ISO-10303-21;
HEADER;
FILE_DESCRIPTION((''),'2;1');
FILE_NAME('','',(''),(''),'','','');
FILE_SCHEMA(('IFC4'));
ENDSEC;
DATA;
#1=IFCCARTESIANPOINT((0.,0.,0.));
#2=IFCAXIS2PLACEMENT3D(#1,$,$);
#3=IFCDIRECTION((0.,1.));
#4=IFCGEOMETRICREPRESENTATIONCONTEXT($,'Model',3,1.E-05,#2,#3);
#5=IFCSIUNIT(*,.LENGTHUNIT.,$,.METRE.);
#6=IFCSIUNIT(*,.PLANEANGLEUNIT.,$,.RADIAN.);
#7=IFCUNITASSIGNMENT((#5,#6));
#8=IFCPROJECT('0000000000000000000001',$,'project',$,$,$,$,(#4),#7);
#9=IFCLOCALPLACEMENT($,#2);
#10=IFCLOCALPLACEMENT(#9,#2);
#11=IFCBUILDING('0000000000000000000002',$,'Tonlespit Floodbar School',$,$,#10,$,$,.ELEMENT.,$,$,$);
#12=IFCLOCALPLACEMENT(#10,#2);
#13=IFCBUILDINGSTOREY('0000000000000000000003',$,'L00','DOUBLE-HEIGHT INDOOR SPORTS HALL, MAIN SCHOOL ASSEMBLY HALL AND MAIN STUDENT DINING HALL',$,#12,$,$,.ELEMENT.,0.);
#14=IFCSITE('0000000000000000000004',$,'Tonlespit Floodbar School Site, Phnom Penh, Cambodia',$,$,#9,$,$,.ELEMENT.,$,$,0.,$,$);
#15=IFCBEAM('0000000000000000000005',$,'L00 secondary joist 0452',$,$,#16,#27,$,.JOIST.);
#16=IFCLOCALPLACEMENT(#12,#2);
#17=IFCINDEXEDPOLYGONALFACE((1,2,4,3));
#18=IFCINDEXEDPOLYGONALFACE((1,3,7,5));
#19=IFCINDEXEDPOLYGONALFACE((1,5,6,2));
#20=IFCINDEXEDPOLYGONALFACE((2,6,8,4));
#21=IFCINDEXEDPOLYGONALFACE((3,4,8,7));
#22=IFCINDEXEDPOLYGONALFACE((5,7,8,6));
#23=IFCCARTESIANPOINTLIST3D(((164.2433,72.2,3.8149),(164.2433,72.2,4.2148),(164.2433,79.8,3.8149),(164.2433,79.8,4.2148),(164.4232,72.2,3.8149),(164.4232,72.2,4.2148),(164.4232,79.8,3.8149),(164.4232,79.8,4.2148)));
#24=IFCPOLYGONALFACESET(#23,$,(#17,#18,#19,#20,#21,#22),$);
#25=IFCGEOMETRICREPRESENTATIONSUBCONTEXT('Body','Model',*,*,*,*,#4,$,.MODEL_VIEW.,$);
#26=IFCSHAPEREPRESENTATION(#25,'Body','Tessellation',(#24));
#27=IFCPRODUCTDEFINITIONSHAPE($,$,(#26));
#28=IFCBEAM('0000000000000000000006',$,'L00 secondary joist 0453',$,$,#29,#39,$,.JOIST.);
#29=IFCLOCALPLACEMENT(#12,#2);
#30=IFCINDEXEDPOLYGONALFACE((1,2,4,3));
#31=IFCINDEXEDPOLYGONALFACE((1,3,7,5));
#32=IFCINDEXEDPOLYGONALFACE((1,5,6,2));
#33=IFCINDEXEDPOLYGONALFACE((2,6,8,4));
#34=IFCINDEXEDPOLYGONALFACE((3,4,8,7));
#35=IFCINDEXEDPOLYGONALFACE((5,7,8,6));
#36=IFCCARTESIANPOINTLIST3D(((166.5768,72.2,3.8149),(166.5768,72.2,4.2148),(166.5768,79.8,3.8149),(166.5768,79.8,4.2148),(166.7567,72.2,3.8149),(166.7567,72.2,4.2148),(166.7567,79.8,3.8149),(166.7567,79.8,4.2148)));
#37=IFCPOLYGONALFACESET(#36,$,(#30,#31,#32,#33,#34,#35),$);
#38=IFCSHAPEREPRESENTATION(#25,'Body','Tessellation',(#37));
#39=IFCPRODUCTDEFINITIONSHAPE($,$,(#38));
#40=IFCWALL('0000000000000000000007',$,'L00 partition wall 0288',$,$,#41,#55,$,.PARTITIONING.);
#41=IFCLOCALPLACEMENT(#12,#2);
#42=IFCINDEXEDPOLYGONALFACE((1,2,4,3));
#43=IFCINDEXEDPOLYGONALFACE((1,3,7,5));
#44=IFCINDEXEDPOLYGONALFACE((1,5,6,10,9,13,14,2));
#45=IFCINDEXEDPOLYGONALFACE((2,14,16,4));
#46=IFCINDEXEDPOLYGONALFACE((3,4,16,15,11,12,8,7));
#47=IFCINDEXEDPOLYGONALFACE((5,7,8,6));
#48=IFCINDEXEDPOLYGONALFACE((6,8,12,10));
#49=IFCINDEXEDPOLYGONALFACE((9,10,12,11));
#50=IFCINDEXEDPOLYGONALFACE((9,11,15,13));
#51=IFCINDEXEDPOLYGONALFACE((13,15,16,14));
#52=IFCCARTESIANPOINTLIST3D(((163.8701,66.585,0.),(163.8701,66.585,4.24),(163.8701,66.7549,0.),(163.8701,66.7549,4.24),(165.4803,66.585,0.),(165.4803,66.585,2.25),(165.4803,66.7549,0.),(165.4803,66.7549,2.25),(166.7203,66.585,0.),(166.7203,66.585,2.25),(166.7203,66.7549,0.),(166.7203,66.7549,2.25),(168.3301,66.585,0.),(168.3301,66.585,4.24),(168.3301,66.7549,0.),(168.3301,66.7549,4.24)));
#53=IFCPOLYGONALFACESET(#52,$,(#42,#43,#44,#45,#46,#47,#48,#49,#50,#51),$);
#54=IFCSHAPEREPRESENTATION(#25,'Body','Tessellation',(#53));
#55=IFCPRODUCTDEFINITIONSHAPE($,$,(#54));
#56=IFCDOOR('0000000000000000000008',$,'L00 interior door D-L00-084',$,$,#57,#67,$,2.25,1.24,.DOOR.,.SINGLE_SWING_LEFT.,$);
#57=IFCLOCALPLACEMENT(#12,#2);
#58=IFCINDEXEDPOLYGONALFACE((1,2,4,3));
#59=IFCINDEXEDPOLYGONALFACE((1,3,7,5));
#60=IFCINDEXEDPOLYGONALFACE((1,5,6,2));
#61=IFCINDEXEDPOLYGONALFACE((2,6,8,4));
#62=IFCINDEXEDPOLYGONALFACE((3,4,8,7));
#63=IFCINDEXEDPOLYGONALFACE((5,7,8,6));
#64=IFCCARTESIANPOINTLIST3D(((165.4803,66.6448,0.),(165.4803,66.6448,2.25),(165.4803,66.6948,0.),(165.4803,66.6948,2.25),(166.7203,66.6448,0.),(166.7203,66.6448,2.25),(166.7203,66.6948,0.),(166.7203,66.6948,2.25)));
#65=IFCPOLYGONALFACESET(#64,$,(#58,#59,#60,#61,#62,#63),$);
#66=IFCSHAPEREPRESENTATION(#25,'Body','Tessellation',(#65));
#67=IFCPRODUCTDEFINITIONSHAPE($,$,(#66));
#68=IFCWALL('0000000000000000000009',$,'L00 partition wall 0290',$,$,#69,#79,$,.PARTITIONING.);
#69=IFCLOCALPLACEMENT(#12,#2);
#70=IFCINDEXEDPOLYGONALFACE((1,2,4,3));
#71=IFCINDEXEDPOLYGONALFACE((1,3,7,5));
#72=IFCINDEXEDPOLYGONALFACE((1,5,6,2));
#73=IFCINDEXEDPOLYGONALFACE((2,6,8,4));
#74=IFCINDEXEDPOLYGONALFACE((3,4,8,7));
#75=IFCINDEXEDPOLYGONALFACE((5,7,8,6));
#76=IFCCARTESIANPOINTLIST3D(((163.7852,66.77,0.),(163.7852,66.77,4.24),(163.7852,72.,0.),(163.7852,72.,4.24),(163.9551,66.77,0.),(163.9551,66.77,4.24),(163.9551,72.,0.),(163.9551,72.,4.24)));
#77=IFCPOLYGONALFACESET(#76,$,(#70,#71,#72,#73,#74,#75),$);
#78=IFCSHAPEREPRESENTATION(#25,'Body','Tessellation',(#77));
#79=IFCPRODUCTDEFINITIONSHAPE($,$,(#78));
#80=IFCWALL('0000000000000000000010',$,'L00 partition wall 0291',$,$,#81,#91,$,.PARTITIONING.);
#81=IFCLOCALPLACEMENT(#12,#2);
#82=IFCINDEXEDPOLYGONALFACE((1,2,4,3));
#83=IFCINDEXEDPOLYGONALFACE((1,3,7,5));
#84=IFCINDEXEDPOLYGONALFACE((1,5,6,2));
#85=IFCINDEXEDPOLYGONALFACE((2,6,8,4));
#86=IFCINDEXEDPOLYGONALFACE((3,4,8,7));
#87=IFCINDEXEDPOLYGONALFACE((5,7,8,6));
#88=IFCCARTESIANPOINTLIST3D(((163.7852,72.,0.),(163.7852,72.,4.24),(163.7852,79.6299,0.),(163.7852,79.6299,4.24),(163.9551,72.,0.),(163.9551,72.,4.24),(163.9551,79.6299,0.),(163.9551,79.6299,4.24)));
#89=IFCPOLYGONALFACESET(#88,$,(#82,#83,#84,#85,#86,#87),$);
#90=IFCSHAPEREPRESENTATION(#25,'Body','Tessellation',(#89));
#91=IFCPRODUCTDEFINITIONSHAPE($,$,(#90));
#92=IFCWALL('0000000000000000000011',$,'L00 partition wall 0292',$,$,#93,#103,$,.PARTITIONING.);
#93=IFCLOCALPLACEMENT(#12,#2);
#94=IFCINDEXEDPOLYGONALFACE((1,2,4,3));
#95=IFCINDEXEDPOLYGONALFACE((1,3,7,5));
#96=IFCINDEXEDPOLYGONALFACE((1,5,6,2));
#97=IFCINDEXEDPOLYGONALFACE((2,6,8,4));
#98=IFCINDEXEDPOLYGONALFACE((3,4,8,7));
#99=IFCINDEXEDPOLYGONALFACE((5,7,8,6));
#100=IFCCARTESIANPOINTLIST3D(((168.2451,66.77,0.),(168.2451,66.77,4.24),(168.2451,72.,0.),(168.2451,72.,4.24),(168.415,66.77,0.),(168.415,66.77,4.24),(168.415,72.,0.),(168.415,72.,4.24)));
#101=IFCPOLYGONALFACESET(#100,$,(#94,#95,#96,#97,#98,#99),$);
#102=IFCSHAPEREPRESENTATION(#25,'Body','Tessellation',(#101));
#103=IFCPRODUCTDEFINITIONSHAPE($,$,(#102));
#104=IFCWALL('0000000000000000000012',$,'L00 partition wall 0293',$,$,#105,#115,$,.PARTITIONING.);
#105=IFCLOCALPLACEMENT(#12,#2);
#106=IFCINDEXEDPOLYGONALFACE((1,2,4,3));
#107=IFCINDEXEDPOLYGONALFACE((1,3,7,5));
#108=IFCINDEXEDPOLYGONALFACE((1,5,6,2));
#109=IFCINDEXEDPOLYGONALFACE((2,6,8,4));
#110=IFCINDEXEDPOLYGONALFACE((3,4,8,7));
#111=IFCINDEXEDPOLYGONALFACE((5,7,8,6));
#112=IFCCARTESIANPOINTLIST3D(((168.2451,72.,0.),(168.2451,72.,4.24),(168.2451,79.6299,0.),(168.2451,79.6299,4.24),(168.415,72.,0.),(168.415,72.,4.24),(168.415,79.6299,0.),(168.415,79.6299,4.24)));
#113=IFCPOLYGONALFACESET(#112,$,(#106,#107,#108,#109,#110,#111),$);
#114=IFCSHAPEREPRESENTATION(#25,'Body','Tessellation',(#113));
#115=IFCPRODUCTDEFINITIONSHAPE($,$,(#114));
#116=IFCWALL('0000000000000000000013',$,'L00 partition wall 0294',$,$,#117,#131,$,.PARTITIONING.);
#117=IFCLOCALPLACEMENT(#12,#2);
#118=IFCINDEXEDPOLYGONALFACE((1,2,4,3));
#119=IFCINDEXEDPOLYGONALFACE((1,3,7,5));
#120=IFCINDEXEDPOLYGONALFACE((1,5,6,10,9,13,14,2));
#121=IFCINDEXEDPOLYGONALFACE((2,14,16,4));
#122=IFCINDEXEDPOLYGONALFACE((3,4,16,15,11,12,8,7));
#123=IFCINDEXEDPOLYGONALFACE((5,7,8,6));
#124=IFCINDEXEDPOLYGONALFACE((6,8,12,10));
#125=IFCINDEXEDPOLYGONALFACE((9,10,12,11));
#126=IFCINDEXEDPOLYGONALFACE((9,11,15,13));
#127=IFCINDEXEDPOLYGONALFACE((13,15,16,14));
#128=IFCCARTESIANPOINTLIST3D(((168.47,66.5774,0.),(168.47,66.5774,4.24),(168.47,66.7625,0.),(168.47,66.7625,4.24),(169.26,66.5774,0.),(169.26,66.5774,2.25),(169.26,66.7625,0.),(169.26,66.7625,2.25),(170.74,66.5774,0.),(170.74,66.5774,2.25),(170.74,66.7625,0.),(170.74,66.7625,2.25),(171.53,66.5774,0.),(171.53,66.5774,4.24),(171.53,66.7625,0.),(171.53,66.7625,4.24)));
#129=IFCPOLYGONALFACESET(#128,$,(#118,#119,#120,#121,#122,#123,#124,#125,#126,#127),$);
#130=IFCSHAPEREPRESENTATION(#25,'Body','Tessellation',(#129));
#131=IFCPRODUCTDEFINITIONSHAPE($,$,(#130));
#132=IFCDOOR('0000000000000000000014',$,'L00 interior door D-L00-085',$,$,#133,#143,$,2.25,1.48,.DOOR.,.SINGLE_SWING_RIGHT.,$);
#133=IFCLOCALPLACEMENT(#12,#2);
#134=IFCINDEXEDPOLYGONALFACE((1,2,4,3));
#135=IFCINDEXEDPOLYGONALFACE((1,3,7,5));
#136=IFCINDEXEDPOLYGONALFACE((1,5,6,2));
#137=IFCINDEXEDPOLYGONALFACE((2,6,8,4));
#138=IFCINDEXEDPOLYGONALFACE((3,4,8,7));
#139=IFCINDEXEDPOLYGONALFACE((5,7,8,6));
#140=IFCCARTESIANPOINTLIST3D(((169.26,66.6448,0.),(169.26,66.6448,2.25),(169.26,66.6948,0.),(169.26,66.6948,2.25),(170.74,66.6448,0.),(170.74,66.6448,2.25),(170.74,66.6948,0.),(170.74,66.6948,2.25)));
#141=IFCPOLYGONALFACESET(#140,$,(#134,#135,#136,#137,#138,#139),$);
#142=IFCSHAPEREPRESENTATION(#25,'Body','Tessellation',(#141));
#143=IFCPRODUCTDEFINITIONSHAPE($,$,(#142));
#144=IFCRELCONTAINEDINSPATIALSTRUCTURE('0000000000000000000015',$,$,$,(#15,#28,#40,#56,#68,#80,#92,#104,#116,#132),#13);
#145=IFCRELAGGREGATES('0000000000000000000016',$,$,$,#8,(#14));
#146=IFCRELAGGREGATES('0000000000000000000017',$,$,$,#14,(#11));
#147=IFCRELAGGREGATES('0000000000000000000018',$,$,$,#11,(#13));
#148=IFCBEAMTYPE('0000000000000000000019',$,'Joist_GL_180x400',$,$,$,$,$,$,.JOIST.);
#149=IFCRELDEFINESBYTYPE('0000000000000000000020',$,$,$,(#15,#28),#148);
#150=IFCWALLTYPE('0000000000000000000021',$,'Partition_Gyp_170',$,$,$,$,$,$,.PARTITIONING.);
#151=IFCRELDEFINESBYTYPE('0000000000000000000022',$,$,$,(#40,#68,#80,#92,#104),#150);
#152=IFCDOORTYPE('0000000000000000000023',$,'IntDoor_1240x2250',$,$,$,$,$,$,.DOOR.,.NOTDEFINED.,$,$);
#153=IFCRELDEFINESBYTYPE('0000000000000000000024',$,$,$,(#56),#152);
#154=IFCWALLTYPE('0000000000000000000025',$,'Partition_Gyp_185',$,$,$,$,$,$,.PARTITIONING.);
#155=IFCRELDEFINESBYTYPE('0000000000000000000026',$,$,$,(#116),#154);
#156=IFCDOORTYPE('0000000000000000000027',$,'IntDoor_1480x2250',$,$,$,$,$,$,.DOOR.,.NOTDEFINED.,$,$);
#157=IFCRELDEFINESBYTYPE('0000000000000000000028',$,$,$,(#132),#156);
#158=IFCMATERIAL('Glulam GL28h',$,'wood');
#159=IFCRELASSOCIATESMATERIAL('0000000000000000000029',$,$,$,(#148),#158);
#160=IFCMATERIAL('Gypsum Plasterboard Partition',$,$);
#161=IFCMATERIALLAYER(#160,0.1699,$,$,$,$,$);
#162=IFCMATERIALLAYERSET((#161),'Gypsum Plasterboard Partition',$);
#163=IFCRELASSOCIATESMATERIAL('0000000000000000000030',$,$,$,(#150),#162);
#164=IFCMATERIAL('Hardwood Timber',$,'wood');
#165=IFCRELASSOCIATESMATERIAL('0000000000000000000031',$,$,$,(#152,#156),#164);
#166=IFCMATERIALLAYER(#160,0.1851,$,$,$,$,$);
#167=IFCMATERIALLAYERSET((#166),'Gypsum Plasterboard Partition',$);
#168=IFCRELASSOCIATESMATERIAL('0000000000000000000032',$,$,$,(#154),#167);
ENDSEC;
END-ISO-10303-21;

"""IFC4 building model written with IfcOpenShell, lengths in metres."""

from ifc_helpers import new_model, si_unit, direction, frame, frame_2d, origin, origin_2d, place, context, subcontext, project, spatial, rectangle, extrude, material, layer, layer_set, material_profile, profile_set, type_object, element, fill, save


model = new_model("IFC4")

# Units and contexts
model_context = context("Model", 3, precision=1e-05, world=origin(), true_north=direction((0.0, 1.0)))
body_context = subcontext(model_context, "Body", "Model", "MODEL_VIEW")
ifc_project = project(units=[si_unit("LENGTHUNIT", "METRE"), si_unit("PLANEANGLEUNIT", "RADIAN")], contexts=[model_context])

# Site, building, storey
site_placement = place(None, origin())
site = spatial("IfcSite", under=ifc_project, at=site_placement, Name="Tonlespit Floodbar School Site, Phnom Penh, Cambodia", CompositionType="ELEMENT", RefElevation=0.0)
building_placement = place(site_placement, origin())
building = spatial("IfcBuilding", under=site, at=building_placement, Name="Tonlespit Floodbar School", CompositionType="ELEMENT")
storey_placement = place(building_placement, origin())
storey = spatial("IfcBuildingStorey", under=building, at=storey_placement, Name="L00", Description="DOUBLE-HEIGHT INDOOR SPORTS HALL, MAIN SCHOOL ASSEMBLY HALL AND MAIN STUDENT DINING HALL", CompositionType="ELEMENT", Elevation=0.0)

# Beams
ifc_material_1 = material(Name="Glulam GL28h", Category="wood")
ifc_material_profile_1 = material_profile(ifc_material_1, rectangle(XDim=0.1799, YDim=0.3999, at=origin_2d()), Name="GL 180x400")
ifc_profile_set_1 = profile_set([ifc_material_profile_1], Name="Glulam GL28h")
beam_type_1 = type_object("IfcBeamType", Name="Joist_GL_180x400", PredefinedType="JOIST", material=ifc_profile_set_1)
for number, where, z_axis, x_axis, name in (
    (1, (164.3333, 72.2, 4.0149), (0.0, 1.0, 0.0), (-1.0, 0.0, 0.0), "L00 secondary joist 0452"),
    (2, (166.6667, 72.2, 4.0149), (0.0, 1.0, 0.0), (-1.0, 0.0, 0.0), "L00 secondary joist 0453"),
):
    element("IfcBeam", number, at=place(storey_placement, frame(where, z_axis=z_axis, x_axis=x_axis)), inside=storey, type_object=beam_type_1, Name=name, PredefinedType="JOIST", context=body_context, shape_type="SweptSolid", body=[
        extrude(rectangle(XDim=0.1799, YDim=0.3999, at=origin_2d()), origin(), (0.0, 0.0, 1.0), 7.6001),
    ])

# Wall, opening, door
ifc_material_2 = material(Name="Gypsum Plasterboard Partition")
ifc_layer_1 = layer(ifc_material_2, 0.1699)
ifc_layer_set_1 = layer_set([ifc_layer_1], Name="Gypsum Plasterboard Partition")
wall_type_1 = type_object("IfcWallType", Name="Partition_Gyp_170", PredefinedType="PARTITIONING", material=ifc_layer_set_1)
wall_1_placement = place(storey_placement, frame((163.8701, 66.6699, 0.0), z_axis=(0.0, 0.0, 1.0), x_axis=(1.0, 0.0, 0.0)))
wall_1 = element("IfcWall", 3, at=wall_1_placement, inside=storey, type_object=wall_type_1, Name="L00 partition wall 0288", PredefinedType="PARTITIONING", context=body_context, shape_type="SweptSolid", body=[
    extrude(rectangle(XDim=4.46, YDim=0.1699, at=frame_2d((2.23, 0.0))), origin(), (0.0, 0.0, 1.0), 4.24),
])
opening_1_placement = place(wall_1_placement, frame((1.6101, 0.0, 0.0)))
opening_1 = element("IfcOpeningElement", 4, at=opening_1_placement, cuts=wall_1, PredefinedType="OPENING", context=body_context, shape_type="SweptSolid", body=[
    extrude(rectangle(XDim=1.24, YDim=2.25, at=frame_2d((0.6201, 1.125))), frame((0.0, 0.095, 0.0), z_axis=(0.0, -1.0, 0.0), x_axis=(1.0, 0.0, 0.0)), (0.0, 0.0, 1.0), 0.1899),
])
ifc_material_3 = material(Name="Hardwood Timber", Category="wood")
door_type_1 = type_object("IfcDoorType", Name="IntDoor_1240x2250", OperationType="NOTDEFINED", PredefinedType="DOOR", material=ifc_material_3)
door_1_placement = place(opening_1_placement, origin())
door_1 = element("IfcDoor", 5, at=door_1_placement, inside=storey, type_object=door_type_1, Name="L00 interior door D-L00-084", OperationType="SINGLE_SWING_LEFT", OverallHeight=2.25, OverallWidth=1.24, PredefinedType="DOOR", context=body_context, shape_type="SweptSolid", body=[
    extrude(rectangle(XDim=1.24, YDim=2.25, at=frame_2d((0.6201, 1.125))), frame((0.0, 0.0249, 0.0), z_axis=(0.0, -1.0, 0.0), x_axis=(1.0, 0.0, 0.0)), (0.0, 0.0, 1.0), 0.05),
])
fill(opening_1, door_1)

# Walls
wall_2_placement = place(storey_placement, frame((163.8701, 66.77, 0.0), z_axis=(0.0, 0.0, 1.0), x_axis=(0.0, 1.0, 0.0)))
element("IfcWall", 6, at=wall_2_placement, inside=storey, type_object=wall_type_1, Name="L00 partition wall 0290", PredefinedType="PARTITIONING", context=body_context, shape_type="SweptSolid", body=[
    extrude(rectangle(XDim=5.23, YDim=0.1699, at=frame_2d((2.615, 0.0))), origin(), (0.0, 0.0, 1.0), 4.24),
])
wall_3_placement = place(storey_placement, frame((163.8701, 72.0, 0.0), z_axis=(0.0, 0.0, 1.0), x_axis=(0.0, 1.0, 0.0)))
element("IfcWall", 7, at=wall_3_placement, inside=storey, type_object=wall_type_1, Name="L00 partition wall 0291", PredefinedType="PARTITIONING", context=body_context, shape_type="SweptSolid", body=[
    extrude(rectangle(XDim=7.6299, YDim=0.1699, at=frame_2d((3.8149, 0.0))), origin(), (0.0, 0.0, 1.0), 4.24),
])
wall_4_placement = place(storey_placement, frame((168.3301, 66.77, 0.0), z_axis=(0.0, 0.0, 1.0), x_axis=(0.0, 1.0, 0.0)))
element("IfcWall", 8, at=wall_4_placement, inside=storey, type_object=wall_type_1, Name="L00 partition wall 0292", PredefinedType="PARTITIONING", context=body_context, shape_type="SweptSolid", body=[
    extrude(rectangle(XDim=5.23, YDim=0.1699, at=frame_2d((2.615, 0.0))), origin(), (0.0, 0.0, 1.0), 4.24),
])
wall_5_placement = place(storey_placement, frame((168.3301, 72.0, 0.0), z_axis=(0.0, 0.0, 1.0), x_axis=(0.0, 1.0, 0.0)))
element("IfcWall", 9, at=wall_5_placement, inside=storey, type_object=wall_type_1, Name="L00 partition wall 0293", PredefinedType="PARTITIONING", context=body_context, shape_type="SweptSolid", body=[
    extrude(rectangle(XDim=7.6299, YDim=0.1699, at=frame_2d((3.8149, 0.0))), origin(), (0.0, 0.0, 1.0), 4.24),
])

# Wall, opening, door
ifc_layer_2 = layer(ifc_material_2, 0.1851)
ifc_layer_set_2 = layer_set([ifc_layer_2], Name="Gypsum Plasterboard Partition")
wall_type_2 = type_object("IfcWallType", Name="Partition_Gyp_185", PredefinedType="PARTITIONING", material=ifc_layer_set_2)
wall_6_placement = place(storey_placement, frame((168.47, 66.6699, 0.0), z_axis=(0.0, 0.0, 1.0), x_axis=(1.0, 0.0, 0.0)))
wall_6 = element("IfcWall", 10, at=wall_6_placement, inside=storey, type_object=wall_type_2, Name="L00 partition wall 0294", PredefinedType="PARTITIONING", context=body_context, shape_type="SweptSolid", body=[
    extrude(rectangle(XDim=3.0601, YDim=0.1851, at=frame_2d((1.53, 0.0))), origin(), (0.0, 0.0, 1.0), 4.24),
])
opening_2_placement = place(wall_6_placement, frame((0.79, 0.0, 0.0)))
opening_2 = element("IfcOpeningElement", 11, at=opening_2_placement, cuts=wall_6, PredefinedType="OPENING", context=body_context, shape_type="SweptSolid", body=[
    extrude(rectangle(XDim=1.48, YDim=2.25, at=frame_2d((0.74, 1.125))), frame((0.0, 0.1025, 0.0), z_axis=(0.0, -1.0, 0.0), x_axis=(1.0, 0.0, 0.0)), (0.0, 0.0, 1.0), 0.2051),
])
door_type_2 = type_object("IfcDoorType", Name="IntDoor_1480x2250", OperationType="NOTDEFINED", PredefinedType="DOOR", material=ifc_material_3)
door_2_placement = place(opening_2_placement, origin())
door_2 = element("IfcDoor", 12, at=door_2_placement, inside=storey, type_object=door_type_2, Name="L00 interior door D-L00-085", OperationType="SINGLE_SWING_RIGHT", OverallHeight=2.25, OverallWidth=1.48, PredefinedType="DOOR", context=body_context, shape_type="SweptSolid", body=[
    extrude(rectangle(XDim=1.48, YDim=2.25, at=frame_2d((0.74, 1.125))), frame((0.0, 0.0249, 0.0), z_axis=(0.0, -1.0, 0.0), x_axis=(1.0, 0.0, 0.0)), (0.0, 0.0, 1.0), 0.05),
])
fill(opening_2, door_2)

save(model, "model.ifc")
